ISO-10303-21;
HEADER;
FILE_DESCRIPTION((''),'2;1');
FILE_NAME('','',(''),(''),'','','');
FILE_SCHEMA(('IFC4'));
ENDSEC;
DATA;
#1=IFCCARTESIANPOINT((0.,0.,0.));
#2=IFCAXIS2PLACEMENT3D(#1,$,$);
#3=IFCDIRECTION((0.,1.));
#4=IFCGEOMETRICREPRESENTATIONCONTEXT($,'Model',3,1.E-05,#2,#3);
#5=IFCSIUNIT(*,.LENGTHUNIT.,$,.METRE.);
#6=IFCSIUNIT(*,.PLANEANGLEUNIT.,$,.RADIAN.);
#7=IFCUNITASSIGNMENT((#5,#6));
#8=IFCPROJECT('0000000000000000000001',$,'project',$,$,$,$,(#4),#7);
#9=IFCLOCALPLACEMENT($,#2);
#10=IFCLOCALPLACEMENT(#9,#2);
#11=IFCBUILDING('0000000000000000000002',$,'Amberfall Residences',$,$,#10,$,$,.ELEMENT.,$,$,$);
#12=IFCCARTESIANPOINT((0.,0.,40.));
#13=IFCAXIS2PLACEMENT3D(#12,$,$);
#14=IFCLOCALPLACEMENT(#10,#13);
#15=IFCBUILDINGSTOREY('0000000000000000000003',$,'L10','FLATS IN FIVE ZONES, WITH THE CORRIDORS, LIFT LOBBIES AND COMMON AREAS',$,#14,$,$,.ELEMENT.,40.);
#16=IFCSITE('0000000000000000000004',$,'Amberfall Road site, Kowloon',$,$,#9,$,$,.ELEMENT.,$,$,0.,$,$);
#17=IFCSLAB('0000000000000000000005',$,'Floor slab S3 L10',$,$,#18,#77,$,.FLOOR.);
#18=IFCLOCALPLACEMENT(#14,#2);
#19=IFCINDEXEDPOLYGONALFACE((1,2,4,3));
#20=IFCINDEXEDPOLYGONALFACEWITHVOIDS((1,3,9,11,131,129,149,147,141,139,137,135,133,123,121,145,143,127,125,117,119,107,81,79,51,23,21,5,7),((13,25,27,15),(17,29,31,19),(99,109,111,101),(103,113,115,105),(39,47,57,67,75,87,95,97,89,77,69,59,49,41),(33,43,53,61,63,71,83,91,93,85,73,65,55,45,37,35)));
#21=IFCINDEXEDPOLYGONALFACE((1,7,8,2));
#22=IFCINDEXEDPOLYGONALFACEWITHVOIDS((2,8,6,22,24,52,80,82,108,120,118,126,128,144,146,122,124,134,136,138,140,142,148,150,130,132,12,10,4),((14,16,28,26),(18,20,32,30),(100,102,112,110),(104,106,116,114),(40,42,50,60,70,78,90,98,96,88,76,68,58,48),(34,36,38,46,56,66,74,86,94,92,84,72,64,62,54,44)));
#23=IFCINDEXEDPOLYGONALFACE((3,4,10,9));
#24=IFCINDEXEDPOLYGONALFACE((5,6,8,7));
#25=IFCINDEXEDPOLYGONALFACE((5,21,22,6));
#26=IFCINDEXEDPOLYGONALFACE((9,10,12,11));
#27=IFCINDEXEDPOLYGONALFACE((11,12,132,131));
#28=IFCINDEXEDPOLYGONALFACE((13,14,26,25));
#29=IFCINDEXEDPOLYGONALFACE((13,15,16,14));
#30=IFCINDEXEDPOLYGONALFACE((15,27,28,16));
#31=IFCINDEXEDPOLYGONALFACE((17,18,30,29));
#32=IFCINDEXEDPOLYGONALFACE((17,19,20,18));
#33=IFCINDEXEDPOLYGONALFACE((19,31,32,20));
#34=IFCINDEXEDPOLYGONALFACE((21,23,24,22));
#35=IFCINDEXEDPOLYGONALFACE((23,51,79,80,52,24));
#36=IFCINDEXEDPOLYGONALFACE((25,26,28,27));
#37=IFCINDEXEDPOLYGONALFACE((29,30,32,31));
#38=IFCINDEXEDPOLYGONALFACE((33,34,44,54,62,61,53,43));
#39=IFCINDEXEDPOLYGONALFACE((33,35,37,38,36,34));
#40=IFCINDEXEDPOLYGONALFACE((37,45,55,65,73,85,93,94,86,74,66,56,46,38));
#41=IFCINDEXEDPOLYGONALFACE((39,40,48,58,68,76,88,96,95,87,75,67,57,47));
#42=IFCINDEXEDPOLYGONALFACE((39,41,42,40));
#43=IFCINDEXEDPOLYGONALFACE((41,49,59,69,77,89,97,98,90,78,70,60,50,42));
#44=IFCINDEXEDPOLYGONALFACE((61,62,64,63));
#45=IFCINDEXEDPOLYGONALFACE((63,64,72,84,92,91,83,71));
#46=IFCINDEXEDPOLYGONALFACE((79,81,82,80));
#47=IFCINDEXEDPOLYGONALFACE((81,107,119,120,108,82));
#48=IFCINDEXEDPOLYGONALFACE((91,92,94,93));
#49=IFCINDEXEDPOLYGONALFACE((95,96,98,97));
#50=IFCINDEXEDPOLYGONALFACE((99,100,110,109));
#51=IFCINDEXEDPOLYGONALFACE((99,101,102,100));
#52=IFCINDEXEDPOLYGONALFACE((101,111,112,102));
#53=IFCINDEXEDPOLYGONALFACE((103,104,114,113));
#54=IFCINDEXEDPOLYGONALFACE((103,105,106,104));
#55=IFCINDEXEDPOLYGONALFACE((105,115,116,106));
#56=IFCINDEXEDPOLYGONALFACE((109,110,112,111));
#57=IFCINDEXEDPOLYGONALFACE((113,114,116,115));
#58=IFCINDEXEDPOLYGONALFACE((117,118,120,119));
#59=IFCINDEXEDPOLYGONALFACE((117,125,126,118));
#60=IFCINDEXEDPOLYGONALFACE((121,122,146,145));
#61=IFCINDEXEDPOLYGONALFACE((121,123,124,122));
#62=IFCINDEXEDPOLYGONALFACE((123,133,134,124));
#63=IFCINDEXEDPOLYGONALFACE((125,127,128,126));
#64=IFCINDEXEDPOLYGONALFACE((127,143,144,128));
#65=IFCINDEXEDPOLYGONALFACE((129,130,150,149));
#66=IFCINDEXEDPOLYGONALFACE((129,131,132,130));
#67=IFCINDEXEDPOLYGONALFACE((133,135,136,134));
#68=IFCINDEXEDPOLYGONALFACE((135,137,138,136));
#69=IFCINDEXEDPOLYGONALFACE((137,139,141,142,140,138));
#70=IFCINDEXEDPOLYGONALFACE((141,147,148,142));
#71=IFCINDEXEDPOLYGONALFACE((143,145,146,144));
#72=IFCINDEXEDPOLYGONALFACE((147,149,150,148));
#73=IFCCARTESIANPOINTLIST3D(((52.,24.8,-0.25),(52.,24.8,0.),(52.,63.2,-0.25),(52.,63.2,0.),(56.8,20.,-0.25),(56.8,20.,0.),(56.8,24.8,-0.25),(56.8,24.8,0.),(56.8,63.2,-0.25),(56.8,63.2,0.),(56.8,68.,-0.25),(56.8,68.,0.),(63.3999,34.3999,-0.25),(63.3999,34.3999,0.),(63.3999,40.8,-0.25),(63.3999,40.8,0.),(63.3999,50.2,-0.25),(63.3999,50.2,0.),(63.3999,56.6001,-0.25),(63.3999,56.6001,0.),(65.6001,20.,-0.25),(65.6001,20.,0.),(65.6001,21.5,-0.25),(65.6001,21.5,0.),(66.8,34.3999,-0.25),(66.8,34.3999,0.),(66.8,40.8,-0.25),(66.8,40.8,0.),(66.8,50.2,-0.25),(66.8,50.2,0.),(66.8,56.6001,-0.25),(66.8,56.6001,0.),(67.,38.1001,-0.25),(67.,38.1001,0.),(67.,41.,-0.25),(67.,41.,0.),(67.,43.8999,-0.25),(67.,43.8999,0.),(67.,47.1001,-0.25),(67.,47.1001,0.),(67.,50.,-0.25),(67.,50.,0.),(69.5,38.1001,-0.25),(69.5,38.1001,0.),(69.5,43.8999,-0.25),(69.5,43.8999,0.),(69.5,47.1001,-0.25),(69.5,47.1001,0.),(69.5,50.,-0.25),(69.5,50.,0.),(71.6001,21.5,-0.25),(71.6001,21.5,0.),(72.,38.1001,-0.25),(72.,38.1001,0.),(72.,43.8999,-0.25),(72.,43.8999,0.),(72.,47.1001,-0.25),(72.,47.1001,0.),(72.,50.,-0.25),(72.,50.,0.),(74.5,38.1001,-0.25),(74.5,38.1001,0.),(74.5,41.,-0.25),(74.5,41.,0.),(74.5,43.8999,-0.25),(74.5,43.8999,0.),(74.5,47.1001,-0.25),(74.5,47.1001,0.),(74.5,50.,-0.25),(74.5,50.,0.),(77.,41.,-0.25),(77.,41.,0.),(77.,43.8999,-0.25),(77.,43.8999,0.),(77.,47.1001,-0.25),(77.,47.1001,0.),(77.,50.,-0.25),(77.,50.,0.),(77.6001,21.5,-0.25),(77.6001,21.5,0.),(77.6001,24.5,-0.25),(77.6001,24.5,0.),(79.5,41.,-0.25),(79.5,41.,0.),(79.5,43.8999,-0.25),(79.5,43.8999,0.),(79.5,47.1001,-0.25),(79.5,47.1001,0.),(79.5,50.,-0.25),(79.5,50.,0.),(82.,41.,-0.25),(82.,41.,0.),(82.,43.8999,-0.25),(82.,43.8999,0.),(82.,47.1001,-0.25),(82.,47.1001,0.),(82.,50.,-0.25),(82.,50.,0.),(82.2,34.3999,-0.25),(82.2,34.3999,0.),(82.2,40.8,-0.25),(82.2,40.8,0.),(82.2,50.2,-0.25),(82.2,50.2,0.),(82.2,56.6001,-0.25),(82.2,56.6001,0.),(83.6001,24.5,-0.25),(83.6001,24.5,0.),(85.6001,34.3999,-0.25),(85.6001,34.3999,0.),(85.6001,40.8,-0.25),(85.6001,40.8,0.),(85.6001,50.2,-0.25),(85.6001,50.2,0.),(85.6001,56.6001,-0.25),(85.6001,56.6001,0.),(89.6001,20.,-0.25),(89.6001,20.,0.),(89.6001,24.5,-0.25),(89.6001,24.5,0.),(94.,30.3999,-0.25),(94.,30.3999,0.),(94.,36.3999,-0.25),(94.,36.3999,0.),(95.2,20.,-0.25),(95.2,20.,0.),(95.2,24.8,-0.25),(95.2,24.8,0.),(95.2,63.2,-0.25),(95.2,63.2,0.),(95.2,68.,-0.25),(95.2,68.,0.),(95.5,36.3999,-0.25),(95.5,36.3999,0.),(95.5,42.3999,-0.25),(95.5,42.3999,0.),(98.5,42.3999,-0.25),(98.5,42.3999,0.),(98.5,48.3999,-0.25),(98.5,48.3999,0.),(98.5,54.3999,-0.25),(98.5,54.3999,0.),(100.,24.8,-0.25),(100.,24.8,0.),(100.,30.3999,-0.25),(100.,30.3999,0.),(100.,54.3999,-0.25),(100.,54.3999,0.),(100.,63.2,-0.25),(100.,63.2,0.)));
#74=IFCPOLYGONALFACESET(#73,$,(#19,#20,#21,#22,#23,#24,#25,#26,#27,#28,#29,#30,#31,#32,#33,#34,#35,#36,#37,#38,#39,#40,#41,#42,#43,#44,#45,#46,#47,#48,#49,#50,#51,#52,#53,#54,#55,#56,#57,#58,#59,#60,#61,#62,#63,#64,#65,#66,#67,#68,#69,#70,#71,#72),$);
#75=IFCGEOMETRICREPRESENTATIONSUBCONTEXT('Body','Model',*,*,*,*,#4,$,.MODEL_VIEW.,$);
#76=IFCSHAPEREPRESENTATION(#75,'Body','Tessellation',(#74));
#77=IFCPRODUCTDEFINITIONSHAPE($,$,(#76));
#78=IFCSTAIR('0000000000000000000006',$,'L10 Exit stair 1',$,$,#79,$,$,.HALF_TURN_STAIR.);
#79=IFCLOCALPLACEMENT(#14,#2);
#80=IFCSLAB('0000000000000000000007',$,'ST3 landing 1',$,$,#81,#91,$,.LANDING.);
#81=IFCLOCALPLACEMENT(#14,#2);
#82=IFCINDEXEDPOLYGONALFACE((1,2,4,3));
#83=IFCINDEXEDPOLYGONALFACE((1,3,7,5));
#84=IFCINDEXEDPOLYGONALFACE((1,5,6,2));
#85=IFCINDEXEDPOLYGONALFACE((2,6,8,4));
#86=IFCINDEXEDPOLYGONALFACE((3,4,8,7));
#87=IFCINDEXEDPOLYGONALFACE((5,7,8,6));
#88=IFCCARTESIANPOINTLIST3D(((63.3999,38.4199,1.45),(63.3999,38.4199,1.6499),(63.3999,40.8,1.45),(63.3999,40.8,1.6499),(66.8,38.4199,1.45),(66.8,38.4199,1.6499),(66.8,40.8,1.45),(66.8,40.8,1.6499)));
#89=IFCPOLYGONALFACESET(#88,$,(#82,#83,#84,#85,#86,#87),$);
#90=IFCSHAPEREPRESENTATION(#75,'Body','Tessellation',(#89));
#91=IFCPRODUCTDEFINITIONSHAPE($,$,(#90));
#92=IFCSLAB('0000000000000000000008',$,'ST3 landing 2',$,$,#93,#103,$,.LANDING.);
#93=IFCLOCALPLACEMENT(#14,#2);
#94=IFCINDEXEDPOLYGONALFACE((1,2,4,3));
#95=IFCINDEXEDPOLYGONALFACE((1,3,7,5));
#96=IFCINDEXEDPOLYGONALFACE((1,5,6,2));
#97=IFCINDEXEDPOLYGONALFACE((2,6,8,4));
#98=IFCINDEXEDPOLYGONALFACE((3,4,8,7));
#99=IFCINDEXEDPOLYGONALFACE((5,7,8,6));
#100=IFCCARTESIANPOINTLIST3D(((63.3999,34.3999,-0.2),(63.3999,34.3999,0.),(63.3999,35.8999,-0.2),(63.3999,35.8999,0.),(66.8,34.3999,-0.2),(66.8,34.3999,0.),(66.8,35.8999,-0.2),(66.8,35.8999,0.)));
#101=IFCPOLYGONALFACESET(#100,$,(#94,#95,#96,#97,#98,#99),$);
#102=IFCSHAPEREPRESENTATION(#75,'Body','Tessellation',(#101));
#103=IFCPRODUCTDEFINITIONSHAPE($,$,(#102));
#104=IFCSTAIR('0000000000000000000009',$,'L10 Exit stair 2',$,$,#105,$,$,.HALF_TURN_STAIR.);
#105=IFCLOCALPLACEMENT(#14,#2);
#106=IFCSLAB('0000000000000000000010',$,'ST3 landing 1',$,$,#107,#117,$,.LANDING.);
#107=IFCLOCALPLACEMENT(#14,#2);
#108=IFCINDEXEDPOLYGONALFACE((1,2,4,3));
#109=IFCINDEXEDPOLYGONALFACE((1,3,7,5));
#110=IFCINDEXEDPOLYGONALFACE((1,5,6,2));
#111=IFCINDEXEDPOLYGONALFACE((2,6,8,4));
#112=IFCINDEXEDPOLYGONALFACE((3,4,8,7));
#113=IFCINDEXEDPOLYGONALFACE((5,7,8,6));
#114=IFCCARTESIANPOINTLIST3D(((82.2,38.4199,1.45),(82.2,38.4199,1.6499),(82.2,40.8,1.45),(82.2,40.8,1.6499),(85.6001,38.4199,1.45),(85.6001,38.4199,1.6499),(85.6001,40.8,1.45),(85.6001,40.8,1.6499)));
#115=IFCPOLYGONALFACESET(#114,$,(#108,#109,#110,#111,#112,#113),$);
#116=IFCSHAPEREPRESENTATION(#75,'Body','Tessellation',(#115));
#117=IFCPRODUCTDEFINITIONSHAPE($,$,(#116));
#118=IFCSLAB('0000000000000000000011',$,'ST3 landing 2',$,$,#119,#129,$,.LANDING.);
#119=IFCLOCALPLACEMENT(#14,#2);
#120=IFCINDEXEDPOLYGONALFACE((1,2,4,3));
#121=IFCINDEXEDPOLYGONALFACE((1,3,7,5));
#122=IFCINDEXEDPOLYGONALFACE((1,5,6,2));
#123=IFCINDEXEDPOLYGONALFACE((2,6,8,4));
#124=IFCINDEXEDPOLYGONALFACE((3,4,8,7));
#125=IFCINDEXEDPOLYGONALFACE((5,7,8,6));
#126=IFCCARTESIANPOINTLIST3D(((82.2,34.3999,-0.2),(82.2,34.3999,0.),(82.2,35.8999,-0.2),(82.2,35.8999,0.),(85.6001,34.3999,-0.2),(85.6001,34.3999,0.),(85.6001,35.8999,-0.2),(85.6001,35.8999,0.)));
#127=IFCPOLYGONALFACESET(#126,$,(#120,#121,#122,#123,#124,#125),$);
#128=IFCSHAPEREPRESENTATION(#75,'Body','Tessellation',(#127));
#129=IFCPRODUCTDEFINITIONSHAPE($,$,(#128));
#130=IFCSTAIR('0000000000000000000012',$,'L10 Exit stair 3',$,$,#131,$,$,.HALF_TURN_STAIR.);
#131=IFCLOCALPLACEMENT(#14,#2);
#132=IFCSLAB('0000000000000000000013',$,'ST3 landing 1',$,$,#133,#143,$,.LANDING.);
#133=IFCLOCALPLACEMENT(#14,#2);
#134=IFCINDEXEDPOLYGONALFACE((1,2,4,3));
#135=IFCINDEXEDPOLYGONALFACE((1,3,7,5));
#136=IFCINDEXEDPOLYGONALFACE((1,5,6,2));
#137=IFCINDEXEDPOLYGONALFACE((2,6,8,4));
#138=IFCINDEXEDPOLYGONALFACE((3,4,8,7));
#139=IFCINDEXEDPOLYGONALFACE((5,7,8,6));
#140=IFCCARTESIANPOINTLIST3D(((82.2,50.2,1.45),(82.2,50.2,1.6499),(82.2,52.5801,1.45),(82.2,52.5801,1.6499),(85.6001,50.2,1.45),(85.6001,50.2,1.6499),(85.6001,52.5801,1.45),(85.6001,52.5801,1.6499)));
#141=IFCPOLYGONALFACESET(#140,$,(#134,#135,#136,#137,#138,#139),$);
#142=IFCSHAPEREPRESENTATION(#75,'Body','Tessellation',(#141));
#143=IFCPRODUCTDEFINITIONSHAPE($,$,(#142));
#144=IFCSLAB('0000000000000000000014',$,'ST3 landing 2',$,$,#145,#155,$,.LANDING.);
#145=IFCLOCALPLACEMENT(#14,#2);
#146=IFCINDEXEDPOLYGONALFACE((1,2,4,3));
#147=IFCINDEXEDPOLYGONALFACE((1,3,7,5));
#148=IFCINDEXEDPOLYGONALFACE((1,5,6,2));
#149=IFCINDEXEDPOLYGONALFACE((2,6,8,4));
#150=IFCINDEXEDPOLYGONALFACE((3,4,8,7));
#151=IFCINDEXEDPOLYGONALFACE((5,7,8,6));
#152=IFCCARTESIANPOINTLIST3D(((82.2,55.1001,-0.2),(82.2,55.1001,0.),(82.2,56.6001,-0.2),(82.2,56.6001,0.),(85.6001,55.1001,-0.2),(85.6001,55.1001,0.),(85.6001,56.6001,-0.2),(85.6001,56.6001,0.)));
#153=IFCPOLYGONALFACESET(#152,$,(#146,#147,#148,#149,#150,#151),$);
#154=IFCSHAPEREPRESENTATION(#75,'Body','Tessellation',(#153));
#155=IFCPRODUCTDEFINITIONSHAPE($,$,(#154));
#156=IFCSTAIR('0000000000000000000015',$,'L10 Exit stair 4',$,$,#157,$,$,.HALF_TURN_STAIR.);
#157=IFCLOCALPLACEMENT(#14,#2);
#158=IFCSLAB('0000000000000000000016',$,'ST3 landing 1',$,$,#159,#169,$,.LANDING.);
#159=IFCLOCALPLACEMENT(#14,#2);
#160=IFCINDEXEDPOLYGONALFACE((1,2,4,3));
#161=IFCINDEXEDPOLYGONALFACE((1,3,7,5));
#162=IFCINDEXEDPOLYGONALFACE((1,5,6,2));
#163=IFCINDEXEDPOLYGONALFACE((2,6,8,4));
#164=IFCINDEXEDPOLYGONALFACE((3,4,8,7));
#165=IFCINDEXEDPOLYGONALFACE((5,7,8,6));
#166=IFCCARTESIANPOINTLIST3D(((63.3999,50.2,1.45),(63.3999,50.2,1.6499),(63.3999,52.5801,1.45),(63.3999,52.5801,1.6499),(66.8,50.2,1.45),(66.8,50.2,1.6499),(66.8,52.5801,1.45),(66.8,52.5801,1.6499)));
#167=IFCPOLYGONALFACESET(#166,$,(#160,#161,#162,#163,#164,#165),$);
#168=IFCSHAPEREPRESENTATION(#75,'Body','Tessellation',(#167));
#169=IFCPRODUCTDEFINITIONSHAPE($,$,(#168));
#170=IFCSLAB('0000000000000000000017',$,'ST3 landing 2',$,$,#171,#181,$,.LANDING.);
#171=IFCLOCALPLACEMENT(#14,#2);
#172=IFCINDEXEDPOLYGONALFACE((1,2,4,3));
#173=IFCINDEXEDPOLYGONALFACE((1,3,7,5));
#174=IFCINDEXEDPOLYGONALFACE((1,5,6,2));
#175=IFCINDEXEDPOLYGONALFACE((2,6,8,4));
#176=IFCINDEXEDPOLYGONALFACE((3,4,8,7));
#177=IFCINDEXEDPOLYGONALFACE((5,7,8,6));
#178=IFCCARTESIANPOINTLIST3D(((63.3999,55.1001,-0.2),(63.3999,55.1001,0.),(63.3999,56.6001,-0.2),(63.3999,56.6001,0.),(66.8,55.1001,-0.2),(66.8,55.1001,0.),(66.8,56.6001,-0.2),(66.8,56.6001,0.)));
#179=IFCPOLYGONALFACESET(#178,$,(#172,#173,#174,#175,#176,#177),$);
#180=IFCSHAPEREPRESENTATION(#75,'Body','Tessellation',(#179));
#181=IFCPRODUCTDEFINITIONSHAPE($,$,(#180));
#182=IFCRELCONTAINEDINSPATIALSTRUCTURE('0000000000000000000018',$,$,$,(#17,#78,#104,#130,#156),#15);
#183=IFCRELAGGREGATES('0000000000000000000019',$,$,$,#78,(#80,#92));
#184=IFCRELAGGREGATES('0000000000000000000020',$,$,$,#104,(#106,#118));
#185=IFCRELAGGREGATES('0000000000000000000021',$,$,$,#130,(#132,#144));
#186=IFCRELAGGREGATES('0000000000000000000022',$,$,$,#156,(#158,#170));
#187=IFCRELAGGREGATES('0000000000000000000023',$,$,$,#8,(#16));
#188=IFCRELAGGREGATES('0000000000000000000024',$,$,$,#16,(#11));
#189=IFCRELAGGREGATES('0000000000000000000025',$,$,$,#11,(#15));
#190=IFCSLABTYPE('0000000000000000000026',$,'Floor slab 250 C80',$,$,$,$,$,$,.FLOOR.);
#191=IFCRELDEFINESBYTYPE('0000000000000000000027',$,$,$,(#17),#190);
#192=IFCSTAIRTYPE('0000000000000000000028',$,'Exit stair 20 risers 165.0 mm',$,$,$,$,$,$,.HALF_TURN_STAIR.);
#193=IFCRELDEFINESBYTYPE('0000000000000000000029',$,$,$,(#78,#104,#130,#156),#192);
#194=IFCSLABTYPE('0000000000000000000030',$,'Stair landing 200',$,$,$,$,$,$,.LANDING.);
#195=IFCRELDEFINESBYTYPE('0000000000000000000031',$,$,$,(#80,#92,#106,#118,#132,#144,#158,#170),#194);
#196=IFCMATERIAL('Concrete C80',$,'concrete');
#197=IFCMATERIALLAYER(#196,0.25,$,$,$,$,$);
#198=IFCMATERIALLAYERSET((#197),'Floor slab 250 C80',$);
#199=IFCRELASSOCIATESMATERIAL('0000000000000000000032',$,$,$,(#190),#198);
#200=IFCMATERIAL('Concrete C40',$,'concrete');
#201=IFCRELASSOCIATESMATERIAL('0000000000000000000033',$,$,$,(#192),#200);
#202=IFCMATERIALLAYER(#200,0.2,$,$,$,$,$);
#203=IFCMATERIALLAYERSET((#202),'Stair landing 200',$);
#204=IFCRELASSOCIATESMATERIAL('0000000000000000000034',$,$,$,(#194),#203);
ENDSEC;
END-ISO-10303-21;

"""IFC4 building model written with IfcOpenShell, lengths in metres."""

from ifc_helpers import new_model, si_unit, direction, frame, origin, place, context, subcontext, project, spatial, polyline, outline, extrude, material, layer, layer_set, type_object, element, aggregate, save


model = new_model("IFC4")

# Units and contexts
model_context = context("Model", 3, precision=1e-05, world=origin(), true_north=direction((0.0, 1.0)))
body_context = subcontext(model_context, "Body", "Model", "MODEL_VIEW")
ifc_project = project(units=[si_unit("LENGTHUNIT", "METRE"), si_unit("PLANEANGLEUNIT", "RADIAN")], contexts=[model_context])

# Site, building, storey
site_placement = place(None, origin())
site = spatial("IfcSite", under=ifc_project, at=site_placement, Name="Amberfall Road site, Kowloon", CompositionType="ELEMENT", RefElevation=0.0)
building_placement = place(site_placement, origin())
building = spatial("IfcBuilding", under=site, at=building_placement, Name="Amberfall Residences", CompositionType="ELEMENT")
storey_placement = place(building_placement, frame((0.0, 0.0, 40.0)))
storey = spatial("IfcBuildingStorey", under=building, at=storey_placement, Name="L10", Description="FLATS IN FIVE ZONES, WITH THE CORRIDORS, LIFT LOBBIES AND COMMON AREAS", CompositionType="ELEMENT", Elevation=40.0)

# Shared definitions
ifc_material_1 = material(Name="Concrete C80", Category="concrete")

# Slab
ifc_layer_1 = layer(ifc_material_1, 0.25)
ifc_layer_set_1 = layer_set([ifc_layer_1], Name="Floor slab 250 C80")
slab_type_1 = type_object("IfcSlabType", Name="Floor slab 250 C80", PredefinedType="FLOOR", material=ifc_layer_set_1)
slab_1_placement = place(storey_placement, frame((0.0, 0.0, -0.25)))
element("IfcSlab", 1, at=slab_1_placement, inside=storey, type_object=slab_type_1, Name="Floor slab S3 L10", PredefinedType="FLOOR", context=body_context, shape_type="SweptSolid", body=[
    extrude(outline(polyline([(89.6001, 20.0), (89.6001, 24.5), (83.6001, 24.5), (77.6001, 24.5), (77.6001, 21.5), (71.6001, 21.5), (65.6001, 21.5), (65.6001, 20.0), (56.8, 20.0), (56.8, 24.8), (52.0, 24.8), (52.0, 63.2), (56.8, 63.2), (56.8, 68.0), (95.2, 68.0), (95.2, 63.2), (100.0, 63.2), (100.0, 54.3999), (98.5, 54.3999), (98.5, 48.3999), (98.5, 42.3999), (95.5, 42.3999), (95.5, 36.3999), (94.0, 36.3999), (94.0, 30.3999), (100.0, 30.3999), (100.0, 24.8), (95.2, 24.8), (95.2, 20.0), (89.6001, 20.0)]), holes=[polyline([(85.6001, 34.3999), (85.6001, 40.8), (82.2, 40.8), (82.2, 34.3999), (85.6001, 34.3999)]), polyline([(82.2, 50.2), (85.6001, 50.2), (85.6001, 56.6001), (82.2, 56.6001), (82.2, 50.2)]), polyline([(69.5, 50.0), (67.0, 50.0), (67.0, 47.1001), (69.5, 47.1001), (72.0, 47.1001), (74.5, 47.1001), (77.0, 47.1001), (79.5, 47.1001), (82.0, 47.1001), (82.0, 50.0), (79.5, 50.0), (77.0, 50.0), (74.5, 50.0), (72.0, 50.0), (69.5, 50.0)]), polyline([(74.5, 41.0), (77.0, 41.0), (79.5, 41.0), (82.0, 41.0), (82.0, 43.8999), (79.5, 43.8999), (77.0, 43.8999), (74.5, 43.8999), (72.0, 43.8999), (69.5, 43.8999), (67.0, 43.8999), (67.0, 41.0), (67.0, 38.1001), (69.5, 38.1001), (72.0, 38.1001), (74.5, 38.1001), (74.5, 41.0)]), polyline([(66.8, 34.3999), (66.8, 40.8), (63.3999, 40.8), (63.3999, 34.3999), (66.8, 34.3999)]), polyline([(66.8, 50.2), (66.8, 56.6001), (63.3999, 56.6001), (63.3999, 50.2), (66.8, 50.2)])]), origin(), (0.0, 0.0, 1.0), 0.25),
])

# Stairs, slabs
ifc_material_2 = material(Name="Concrete C40", Category="concrete")
stair_type = type_object("IfcStairType", Name="Exit stair 20 risers 165.0 mm", PredefinedType="HALF_TURN_STAIR", material=ifc_material_2)
stair_1_placement = place(storey_placement, origin())
stair_1 = element("IfcStair", 2, at=stair_1_placement, inside=storey, type_object=stair_type, Name="L10 Exit stair 1", PredefinedType="HALF_TURN_STAIR")
ifc_layer_2 = layer(ifc_material_2, 0.2)
ifc_layer_set_2 = layer_set([ifc_layer_2], Name="Stair landing 200")
slab_type_2 = type_object("IfcSlabType", Name="Stair landing 200", PredefinedType="LANDING", material=ifc_layer_set_2)
slab_2_placement = place(storey_placement, frame((0.0, 0.0, 1.45)))
slab_2 = element("IfcSlab", 3, at=slab_2_placement, type_object=slab_type_2, Name="ST3 landing 1", PredefinedType="LANDING", context=body_context, shape_type="SweptSolid", body=[
    extrude(outline(polyline([(66.8, 38.4199), (66.8, 40.8), (63.3999, 40.8), (63.3999, 38.4199), (66.8, 38.4199)])), origin(), (0.0, 0.0, 1.0), 0.2),
])
slab_3_placement = place(storey_placement, frame((0.0, 0.0, -0.2)))
slab_3 = element("IfcSlab", 4, at=slab_3_placement, type_object=slab_type_2, Name="ST3 landing 2", PredefinedType="LANDING", context=body_context, shape_type="SweptSolid", body=[
    extrude(outline(polyline([(66.8, 34.3999), (66.8, 35.8999), (63.3999, 35.8999), (63.3999, 34.3999), (66.8, 34.3999)])), origin(), (0.0, 0.0, 1.0), 0.2),
])
aggregate(stair_1, [slab_2, slab_3])
stair_2_placement = place(storey_placement, origin())
stair_2 = element("IfcStair", 5, at=stair_2_placement, inside=storey, type_object=stair_type, Name="L10 Exit stair 2", PredefinedType="HALF_TURN_STAIR")
slab_4_placement = place(storey_placement, frame((0.0, 0.0, 1.45)))
slab_4 = element("IfcSlab", 6, at=slab_4_placement, type_object=slab_type_2, Name="ST3 landing 1", PredefinedType="LANDING", context=body_context, shape_type="SweptSolid", body=[
    extrude(outline(polyline([(85.6001, 38.4199), (85.6001, 40.8), (82.2, 40.8), (82.2, 38.4199), (85.6001, 38.4199)])), origin(), (0.0, 0.0, 1.0), 0.2),
])
slab_5_placement = place(storey_placement, frame((0.0, 0.0, -0.2)))
slab_5 = element("IfcSlab", 7, at=slab_5_placement, type_object=slab_type_2, Name="ST3 landing 2", PredefinedType="LANDING", context=body_context, shape_type="SweptSolid", body=[
    extrude(outline(polyline([(85.6001, 34.3999), (85.6001, 35.8999), (82.2, 35.8999), (82.2, 34.3999), (85.6001, 34.3999)])), origin(), (0.0, 0.0, 1.0), 0.2),
])
aggregate(stair_2, [slab_4, slab_5])
stair_3_placement = place(storey_placement, origin())
stair_3 = element("IfcStair", 8, at=stair_3_placement, inside=storey, type_object=stair_type, Name="L10 Exit stair 3", PredefinedType="HALF_TURN_STAIR")
slab_6_placement = place(storey_placement, frame((0.0, 0.0, 1.45)))
slab_6 = element("IfcSlab", 9, at=slab_6_placement, type_object=slab_type_2, Name="ST3 landing 1", PredefinedType="LANDING", context=body_context, shape_type="SweptSolid", body=[
    extrude(outline(polyline([(82.2, 52.5801), (82.2, 50.2), (85.6001, 50.2), (85.6001, 52.5801), (82.2, 52.5801)])), origin(), (0.0, 0.0, 1.0), 0.2),
])
slab_7_placement = place(storey_placement, frame((0.0, 0.0, -0.2)))
slab_7 = element("IfcSlab", 10, at=slab_7_placement, type_object=slab_type_2, Name="ST3 landing 2", PredefinedType="LANDING", context=body_context, shape_type="SweptSolid", body=[
    extrude(outline(polyline([(82.2, 56.6001), (82.2, 55.1001), (85.6001, 55.1001), (85.6001, 56.6001), (82.2, 56.6001)])), origin(), (0.0, 0.0, 1.0), 0.2),
])
aggregate(stair_3, [slab_6, slab_7])
stair_4_placement = place(storey_placement, origin())
stair_4 = element("IfcStair", 11, at=stair_4_placement, inside=storey, type_object=stair_type, Name="L10 Exit stair 4", PredefinedType="HALF_TURN_STAIR")
slab_8_placement = place(storey_placement, frame((0.0, 0.0, 1.45)))
slab_8 = element("IfcSlab", 12, at=slab_8_placement, type_object=slab_type_2, Name="ST3 landing 1", PredefinedType="LANDING", context=body_context, shape_type="SweptSolid", body=[
    extrude(outline(polyline([(63.3999, 52.5801), (63.3999, 50.2), (66.8, 50.2), (66.8, 52.5801), (63.3999, 52.5801)])), origin(), (0.0, 0.0, 1.0), 0.2),
])
slab_9_placement = place(storey_placement, frame((0.0, 0.0, -0.2)))
slab_9 = element("IfcSlab", 13, at=slab_9_placement, type_object=slab_type_2, Name="ST3 landing 2", PredefinedType="LANDING", context=body_context, shape_type="SweptSolid", body=[
    extrude(outline(polyline([(63.3999, 56.6001), (63.3999, 55.1001), (66.8, 55.1001), (66.8, 56.6001), (63.3999, 56.6001)])), origin(), (0.0, 0.0, 1.0), 0.2),
])
aggregate(stair_4, [slab_8, slab_9])

save(model, "model.ifc")
